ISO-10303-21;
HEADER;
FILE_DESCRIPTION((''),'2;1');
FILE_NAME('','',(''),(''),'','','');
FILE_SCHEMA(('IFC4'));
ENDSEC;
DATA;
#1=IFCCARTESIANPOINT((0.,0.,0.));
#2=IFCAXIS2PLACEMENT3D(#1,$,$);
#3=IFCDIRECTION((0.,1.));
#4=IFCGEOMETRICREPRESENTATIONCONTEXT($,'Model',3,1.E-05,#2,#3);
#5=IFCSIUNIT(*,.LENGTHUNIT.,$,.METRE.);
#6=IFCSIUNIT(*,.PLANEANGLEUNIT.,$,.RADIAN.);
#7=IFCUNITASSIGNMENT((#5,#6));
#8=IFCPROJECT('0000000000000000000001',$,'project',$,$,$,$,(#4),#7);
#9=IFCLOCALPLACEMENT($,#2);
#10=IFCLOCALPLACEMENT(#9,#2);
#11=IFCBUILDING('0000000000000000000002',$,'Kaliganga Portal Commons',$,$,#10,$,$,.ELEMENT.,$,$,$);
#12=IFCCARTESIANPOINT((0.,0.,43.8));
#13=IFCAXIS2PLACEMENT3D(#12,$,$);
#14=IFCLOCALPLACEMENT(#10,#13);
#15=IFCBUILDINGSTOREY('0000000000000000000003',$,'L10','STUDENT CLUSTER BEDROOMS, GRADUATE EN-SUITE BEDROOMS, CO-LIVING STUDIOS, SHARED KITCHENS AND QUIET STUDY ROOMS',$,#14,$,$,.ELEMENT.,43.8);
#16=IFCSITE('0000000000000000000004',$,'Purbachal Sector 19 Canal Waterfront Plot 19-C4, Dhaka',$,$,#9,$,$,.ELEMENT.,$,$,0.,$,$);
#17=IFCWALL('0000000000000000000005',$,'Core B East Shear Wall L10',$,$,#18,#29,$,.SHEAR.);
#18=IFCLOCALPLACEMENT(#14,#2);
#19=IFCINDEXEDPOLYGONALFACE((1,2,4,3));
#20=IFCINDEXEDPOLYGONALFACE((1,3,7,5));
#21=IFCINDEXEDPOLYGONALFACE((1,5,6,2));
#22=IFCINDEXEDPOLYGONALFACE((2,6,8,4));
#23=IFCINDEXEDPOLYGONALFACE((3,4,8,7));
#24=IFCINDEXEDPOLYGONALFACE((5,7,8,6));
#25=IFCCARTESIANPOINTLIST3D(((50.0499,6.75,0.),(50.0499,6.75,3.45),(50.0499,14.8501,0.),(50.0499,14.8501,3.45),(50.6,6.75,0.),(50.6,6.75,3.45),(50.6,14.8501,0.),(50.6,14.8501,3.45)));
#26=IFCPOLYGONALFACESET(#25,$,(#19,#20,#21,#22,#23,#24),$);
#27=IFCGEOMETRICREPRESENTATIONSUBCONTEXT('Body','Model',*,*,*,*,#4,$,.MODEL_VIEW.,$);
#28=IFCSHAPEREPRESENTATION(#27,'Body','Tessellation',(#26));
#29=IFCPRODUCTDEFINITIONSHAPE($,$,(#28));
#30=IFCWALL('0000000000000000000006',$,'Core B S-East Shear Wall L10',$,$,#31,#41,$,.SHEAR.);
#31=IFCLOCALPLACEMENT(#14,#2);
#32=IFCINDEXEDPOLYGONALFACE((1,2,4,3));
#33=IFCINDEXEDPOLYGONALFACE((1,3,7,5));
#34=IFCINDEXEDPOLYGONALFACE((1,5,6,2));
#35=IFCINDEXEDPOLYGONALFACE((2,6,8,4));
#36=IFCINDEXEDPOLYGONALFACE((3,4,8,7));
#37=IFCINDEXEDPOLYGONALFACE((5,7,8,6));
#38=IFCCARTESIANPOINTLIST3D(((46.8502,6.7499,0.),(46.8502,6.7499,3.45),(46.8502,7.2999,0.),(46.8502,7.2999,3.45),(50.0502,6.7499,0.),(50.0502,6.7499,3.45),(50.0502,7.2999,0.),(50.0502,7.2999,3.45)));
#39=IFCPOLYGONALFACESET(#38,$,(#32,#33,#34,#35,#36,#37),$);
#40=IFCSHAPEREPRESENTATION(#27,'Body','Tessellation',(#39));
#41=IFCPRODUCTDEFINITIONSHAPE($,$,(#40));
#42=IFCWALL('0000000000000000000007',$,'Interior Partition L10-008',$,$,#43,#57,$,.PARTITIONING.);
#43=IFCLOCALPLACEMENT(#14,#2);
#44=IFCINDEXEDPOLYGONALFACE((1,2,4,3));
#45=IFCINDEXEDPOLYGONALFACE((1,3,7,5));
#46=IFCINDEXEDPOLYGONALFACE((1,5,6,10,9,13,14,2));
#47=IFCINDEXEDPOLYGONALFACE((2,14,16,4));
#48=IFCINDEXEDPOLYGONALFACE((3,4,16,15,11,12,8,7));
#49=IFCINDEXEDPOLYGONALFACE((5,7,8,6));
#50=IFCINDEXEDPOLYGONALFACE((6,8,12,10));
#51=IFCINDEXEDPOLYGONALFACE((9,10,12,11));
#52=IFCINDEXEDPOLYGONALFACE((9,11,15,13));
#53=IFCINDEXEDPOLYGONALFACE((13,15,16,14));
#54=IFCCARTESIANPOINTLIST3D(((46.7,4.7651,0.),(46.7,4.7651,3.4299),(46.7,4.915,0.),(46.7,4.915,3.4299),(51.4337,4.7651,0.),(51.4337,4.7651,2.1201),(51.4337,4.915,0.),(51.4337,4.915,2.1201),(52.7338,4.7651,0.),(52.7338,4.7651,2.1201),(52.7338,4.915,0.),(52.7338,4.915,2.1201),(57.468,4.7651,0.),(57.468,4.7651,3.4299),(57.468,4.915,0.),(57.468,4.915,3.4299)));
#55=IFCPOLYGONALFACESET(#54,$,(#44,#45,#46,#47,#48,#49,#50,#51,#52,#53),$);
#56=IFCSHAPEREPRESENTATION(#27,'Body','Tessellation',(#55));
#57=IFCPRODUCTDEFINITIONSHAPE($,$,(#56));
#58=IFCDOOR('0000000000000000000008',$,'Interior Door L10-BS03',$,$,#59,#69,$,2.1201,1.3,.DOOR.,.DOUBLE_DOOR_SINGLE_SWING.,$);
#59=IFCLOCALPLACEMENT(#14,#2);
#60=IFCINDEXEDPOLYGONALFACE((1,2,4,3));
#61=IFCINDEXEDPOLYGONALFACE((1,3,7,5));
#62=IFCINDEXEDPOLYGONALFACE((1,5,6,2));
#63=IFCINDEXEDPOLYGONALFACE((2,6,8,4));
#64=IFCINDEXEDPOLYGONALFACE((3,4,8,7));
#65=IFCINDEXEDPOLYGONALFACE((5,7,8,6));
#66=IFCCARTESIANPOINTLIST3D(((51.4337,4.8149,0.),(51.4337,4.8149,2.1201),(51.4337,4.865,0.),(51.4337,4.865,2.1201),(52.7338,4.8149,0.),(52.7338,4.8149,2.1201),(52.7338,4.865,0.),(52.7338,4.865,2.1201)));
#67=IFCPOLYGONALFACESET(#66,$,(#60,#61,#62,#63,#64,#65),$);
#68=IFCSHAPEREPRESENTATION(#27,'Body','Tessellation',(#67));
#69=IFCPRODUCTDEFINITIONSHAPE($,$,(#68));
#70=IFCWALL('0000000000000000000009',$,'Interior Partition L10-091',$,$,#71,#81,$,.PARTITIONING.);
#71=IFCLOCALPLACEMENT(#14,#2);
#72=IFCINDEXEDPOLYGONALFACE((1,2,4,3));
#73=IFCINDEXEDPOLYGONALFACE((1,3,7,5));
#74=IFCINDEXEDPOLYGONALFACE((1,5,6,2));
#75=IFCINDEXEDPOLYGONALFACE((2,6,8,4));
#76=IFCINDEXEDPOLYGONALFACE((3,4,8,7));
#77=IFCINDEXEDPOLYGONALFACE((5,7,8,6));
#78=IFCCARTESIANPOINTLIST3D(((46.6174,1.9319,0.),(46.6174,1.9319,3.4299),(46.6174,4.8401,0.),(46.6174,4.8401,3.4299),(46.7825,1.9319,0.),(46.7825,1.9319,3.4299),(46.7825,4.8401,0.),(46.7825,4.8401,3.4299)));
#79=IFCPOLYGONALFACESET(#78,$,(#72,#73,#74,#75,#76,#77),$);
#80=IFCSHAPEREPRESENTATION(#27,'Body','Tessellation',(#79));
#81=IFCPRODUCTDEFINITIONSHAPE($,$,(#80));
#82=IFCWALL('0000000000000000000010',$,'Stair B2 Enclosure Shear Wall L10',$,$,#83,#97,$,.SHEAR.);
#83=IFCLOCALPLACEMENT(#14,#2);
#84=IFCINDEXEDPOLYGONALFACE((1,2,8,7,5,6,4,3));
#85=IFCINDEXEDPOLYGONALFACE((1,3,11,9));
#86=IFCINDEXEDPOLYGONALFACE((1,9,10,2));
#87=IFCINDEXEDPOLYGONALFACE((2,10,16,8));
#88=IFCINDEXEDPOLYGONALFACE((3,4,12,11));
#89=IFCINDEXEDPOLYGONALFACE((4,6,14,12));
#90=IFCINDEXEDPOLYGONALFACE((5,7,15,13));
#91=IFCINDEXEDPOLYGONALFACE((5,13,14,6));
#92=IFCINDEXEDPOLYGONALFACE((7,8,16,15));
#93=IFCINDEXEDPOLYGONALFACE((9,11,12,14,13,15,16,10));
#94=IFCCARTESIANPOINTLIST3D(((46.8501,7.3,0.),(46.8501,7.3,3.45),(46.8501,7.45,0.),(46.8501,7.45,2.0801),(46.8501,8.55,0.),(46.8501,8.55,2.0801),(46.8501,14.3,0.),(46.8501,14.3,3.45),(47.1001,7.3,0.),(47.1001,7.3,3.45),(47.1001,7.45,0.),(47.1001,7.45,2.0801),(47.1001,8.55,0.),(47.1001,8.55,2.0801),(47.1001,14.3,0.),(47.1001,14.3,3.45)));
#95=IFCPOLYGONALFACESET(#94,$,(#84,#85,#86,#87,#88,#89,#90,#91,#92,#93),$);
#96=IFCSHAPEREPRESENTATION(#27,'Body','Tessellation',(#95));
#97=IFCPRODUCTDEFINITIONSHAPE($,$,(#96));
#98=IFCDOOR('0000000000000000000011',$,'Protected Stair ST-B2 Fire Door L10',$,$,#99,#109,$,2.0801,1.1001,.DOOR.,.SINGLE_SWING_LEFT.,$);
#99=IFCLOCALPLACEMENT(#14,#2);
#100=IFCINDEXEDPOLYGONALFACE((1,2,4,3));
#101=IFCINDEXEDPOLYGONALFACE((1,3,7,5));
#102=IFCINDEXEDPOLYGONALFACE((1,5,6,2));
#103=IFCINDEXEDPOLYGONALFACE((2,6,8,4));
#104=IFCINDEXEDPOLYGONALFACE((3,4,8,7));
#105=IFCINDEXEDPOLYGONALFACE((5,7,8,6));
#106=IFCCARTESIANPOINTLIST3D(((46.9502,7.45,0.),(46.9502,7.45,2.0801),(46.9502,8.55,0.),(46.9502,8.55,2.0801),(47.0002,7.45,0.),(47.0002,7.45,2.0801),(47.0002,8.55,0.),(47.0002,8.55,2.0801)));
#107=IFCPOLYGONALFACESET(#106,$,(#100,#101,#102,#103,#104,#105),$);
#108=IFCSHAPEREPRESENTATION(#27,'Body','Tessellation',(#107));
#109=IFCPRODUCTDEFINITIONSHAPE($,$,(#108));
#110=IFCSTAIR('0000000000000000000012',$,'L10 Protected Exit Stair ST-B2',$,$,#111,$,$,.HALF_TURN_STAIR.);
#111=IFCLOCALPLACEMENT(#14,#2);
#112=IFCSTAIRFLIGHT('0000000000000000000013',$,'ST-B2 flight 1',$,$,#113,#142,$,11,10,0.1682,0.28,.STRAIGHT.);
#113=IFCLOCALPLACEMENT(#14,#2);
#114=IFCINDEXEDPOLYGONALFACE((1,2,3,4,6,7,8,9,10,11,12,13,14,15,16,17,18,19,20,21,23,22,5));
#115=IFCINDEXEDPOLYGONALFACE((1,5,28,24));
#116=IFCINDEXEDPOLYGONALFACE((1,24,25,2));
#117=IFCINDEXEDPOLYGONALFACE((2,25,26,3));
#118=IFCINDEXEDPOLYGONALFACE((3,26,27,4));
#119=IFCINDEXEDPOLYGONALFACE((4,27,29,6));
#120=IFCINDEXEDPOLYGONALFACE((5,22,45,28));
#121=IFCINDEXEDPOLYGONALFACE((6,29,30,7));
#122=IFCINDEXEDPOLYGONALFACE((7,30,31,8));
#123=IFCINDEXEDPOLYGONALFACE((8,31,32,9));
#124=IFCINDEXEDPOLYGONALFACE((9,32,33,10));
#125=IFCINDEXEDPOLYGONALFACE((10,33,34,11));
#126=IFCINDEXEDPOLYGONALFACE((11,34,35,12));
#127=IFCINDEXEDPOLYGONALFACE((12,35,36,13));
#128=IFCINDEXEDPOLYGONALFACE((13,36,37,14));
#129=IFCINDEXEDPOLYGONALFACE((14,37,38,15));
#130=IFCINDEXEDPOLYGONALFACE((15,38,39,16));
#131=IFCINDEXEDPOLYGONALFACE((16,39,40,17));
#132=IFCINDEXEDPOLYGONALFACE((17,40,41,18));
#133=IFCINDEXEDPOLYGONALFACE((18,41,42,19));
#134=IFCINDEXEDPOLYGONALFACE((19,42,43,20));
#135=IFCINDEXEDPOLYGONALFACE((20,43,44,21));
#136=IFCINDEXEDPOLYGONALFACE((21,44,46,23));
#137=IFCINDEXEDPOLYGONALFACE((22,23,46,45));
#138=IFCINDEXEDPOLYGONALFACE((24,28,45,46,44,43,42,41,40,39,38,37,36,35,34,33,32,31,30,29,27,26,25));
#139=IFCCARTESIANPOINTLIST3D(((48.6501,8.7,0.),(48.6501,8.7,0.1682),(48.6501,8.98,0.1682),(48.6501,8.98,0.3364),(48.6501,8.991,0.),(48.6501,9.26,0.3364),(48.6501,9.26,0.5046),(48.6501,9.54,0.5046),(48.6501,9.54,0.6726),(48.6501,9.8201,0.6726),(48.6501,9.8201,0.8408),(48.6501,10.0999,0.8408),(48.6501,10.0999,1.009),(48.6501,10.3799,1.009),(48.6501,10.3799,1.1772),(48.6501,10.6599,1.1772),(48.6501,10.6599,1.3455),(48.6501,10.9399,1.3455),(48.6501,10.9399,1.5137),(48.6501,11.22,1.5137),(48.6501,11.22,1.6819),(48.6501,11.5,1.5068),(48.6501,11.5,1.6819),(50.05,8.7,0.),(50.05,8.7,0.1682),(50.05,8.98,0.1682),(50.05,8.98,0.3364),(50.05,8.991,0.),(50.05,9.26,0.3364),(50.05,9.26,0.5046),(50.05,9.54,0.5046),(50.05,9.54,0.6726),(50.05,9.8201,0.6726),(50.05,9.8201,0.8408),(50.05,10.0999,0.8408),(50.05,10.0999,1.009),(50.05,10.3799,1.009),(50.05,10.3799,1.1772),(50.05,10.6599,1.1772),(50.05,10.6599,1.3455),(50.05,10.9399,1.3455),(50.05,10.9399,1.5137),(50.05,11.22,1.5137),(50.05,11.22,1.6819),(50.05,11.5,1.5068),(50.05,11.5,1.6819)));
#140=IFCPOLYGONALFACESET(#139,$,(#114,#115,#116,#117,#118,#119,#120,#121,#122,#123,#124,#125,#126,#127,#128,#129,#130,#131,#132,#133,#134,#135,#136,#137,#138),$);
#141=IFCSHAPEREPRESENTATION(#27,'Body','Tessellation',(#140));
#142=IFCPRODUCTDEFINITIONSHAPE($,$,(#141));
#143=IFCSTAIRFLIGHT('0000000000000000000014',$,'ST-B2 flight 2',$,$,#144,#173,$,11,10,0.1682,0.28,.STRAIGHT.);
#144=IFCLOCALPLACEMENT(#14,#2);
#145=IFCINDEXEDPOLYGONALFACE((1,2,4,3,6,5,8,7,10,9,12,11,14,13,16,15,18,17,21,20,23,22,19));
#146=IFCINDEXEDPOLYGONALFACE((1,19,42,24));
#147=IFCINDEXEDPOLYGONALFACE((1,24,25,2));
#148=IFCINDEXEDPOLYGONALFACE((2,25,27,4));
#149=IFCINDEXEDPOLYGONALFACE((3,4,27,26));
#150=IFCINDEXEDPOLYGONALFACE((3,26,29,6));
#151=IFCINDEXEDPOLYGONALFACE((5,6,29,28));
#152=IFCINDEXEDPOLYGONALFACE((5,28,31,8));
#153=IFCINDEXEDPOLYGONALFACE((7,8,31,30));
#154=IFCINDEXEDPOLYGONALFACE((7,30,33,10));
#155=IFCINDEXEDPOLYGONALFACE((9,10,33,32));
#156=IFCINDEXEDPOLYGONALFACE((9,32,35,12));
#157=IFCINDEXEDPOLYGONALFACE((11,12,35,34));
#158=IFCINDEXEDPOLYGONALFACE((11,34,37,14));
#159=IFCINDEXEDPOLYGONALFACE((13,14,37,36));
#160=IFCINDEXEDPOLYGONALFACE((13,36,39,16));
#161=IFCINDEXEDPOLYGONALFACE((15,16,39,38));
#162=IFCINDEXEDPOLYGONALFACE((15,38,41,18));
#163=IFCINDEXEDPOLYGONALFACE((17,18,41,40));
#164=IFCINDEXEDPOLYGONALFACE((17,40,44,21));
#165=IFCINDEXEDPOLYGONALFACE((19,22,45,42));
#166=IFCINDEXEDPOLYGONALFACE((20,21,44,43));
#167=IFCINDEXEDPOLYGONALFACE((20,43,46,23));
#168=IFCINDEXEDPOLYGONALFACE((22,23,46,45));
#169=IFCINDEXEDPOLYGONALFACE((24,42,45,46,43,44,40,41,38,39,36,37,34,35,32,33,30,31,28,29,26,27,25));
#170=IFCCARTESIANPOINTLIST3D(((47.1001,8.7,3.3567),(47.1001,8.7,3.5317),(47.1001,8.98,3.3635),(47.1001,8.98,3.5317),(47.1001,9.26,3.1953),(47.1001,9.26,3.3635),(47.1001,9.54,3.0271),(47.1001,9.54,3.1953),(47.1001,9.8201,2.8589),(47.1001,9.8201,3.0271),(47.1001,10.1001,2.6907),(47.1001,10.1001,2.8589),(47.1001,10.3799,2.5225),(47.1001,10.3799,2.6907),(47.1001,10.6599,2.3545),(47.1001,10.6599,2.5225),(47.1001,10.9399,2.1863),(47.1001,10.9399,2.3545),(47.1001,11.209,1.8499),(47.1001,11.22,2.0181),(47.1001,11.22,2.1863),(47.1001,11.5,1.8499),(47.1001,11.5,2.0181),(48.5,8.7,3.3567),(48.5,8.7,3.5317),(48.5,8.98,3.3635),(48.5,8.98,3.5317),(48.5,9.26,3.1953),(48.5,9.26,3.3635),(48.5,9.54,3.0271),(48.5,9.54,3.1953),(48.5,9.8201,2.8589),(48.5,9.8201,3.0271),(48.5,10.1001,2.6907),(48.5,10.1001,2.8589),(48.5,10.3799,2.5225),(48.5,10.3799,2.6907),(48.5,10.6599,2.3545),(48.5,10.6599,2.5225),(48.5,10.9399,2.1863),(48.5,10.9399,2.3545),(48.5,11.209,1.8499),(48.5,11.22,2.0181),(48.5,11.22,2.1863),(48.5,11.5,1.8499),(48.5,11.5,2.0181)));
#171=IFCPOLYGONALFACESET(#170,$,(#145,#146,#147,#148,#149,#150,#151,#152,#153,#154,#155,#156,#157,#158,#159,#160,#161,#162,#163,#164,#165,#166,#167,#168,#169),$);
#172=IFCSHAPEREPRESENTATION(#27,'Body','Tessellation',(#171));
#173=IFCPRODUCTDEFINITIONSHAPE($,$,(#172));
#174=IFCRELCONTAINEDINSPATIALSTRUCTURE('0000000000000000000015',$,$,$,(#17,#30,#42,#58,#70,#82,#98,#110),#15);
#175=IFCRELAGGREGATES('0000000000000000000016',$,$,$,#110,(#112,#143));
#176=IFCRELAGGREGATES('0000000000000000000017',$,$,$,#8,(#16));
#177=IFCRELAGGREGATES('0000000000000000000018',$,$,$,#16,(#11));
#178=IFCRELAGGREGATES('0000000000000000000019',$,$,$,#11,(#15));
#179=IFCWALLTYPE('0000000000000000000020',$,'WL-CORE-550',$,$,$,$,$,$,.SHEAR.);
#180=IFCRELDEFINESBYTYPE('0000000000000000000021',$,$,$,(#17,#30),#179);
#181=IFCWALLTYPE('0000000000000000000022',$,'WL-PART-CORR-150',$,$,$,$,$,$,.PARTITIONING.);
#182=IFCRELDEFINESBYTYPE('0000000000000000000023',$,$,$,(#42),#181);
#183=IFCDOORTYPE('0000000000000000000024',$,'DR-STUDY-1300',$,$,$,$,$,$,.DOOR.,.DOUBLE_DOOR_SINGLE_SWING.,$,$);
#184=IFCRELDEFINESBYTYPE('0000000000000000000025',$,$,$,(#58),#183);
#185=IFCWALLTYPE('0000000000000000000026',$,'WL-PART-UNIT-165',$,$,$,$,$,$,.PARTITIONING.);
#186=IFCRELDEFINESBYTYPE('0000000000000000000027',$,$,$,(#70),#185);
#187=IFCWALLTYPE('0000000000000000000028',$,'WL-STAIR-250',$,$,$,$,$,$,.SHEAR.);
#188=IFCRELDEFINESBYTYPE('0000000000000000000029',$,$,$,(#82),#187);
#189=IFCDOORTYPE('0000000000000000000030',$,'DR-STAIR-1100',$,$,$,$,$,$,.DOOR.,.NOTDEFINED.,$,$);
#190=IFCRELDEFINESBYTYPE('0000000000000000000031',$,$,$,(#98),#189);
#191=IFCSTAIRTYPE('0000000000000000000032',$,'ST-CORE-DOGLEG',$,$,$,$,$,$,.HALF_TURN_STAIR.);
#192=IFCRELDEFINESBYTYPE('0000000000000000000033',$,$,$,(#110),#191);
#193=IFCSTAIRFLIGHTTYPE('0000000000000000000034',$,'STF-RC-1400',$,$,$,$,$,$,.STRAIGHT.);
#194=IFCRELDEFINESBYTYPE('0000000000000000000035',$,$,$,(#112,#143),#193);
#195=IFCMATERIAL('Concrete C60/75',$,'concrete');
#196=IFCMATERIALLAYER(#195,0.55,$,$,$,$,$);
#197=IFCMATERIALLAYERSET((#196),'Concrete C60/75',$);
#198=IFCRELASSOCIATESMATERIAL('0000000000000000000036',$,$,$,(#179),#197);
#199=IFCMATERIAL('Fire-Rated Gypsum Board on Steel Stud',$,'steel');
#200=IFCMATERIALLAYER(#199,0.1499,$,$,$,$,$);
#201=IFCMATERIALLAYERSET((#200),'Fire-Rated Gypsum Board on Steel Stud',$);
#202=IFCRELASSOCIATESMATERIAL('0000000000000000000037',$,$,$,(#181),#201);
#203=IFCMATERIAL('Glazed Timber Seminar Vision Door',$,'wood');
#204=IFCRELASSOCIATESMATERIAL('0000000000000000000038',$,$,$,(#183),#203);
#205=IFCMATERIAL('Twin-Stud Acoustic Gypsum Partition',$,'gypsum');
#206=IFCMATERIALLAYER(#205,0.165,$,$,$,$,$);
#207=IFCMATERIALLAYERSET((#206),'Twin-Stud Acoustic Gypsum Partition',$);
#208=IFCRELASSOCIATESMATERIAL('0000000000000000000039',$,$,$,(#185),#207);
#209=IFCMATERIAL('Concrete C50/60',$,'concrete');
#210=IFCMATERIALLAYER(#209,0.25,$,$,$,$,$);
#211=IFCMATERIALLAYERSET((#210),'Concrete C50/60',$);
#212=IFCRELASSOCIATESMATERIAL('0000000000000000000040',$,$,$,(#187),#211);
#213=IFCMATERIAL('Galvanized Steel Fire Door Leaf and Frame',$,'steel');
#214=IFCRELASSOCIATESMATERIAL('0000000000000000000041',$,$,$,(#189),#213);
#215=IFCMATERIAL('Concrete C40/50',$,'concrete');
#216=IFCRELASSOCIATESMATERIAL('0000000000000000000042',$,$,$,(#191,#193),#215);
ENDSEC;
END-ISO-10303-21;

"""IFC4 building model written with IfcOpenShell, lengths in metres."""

from ifc_helpers import new_model, si_unit, direction, frame, frame_2d, origin, place, context, subcontext, project, spatial, polyline, rectangle, outline, extrude, material, layer, layer_set, type_object, element, fill, aggregate, save


model = new_model("IFC4")

# Units and contexts
model_context = context("Model", 3, precision=1e-05, world=origin(), true_north=direction((0.0, 1.0)))
body_context = subcontext(model_context, "Body", "Model", "MODEL_VIEW")
ifc_project = project(units=[si_unit("LENGTHUNIT", "METRE"), si_unit("PLANEANGLEUNIT", "RADIAN")], contexts=[model_context])

# Site, building, storey
site_placement = place(None, origin())
site = spatial("IfcSite", under=ifc_project, at=site_placement, Name="Purbachal Sector 19 Canal Waterfront Plot 19-C4, Dhaka", CompositionType="ELEMENT", RefElevation=0.0)
building_placement = place(site_placement, origin())
building = spatial("IfcBuilding", under=site, at=building_placement, Name="Kaliganga Portal Commons", CompositionType="ELEMENT")
storey_placement = place(building_placement, frame((0.0, 0.0, 43.8)))
storey = spatial("IfcBuildingStorey", under=building, at=storey_placement, Name="L10", Description="STUDENT CLUSTER BEDROOMS, GRADUATE EN-SUITE BEDROOMS, CO-LIVING STUDIOS, SHARED KITCHENS AND QUIET STUDY ROOMS", CompositionType="ELEMENT", Elevation=43.8)

# Walls
ifc_material_1 = material(Name="Concrete C60/75", Category="concrete")
ifc_layer_1 = layer(ifc_material_1, 0.55)
ifc_layer_set_1 = layer_set([ifc_layer_1], Name="Concrete C60/75")
wall_type_1 = type_object("IfcWallType", Name="WL-CORE-550", PredefinedType="SHEAR", material=ifc_layer_set_1)
wall_1_placement = place(storey_placement, frame((50.325, 6.75, 0.0), z_axis=(0.0, 0.0, 1.0), x_axis=(0.0, 1.0, 0.0)))
element("IfcWall", 1, at=wall_1_placement, inside=storey, type_object=wall_type_1, Name="Core B East Shear Wall L10", PredefinedType="SHEAR", context=body_context, shape_type="SweptSolid", body=[
    extrude(rectangle(XDim=8.1001, YDim=0.55, at=frame_2d((4.05, 0.0))), origin(), (0.0, 0.0, 1.0), 3.45),
])
wall_2_placement = place(storey_placement, frame((46.8501, 7.0249, 0.0), z_axis=(0.0, 0.0, 1.0), x_axis=(1.0, 0.0, 0.0)))
element("IfcWall", 2, at=wall_2_placement, inside=storey, type_object=wall_type_1, Name="Core B S-East Shear Wall L10", PredefinedType="SHEAR", context=body_context, shape_type="SweptSolid", body=[
    extrude(rectangle(XDim=3.2, YDim=0.55, at=frame_2d((1.6001, 0.0))), origin(), (0.0, 0.0, 1.0), 3.45),
])

# Wall, opening, door
ifc_material_2 = material(Name="Fire-Rated Gypsum Board on Steel Stud", Category="steel")
ifc_layer_2 = layer(ifc_material_2, 0.1499)
ifc_layer_set_2 = layer_set([ifc_layer_2], Name="Fire-Rated Gypsum Board on Steel Stud")
wall_type_2 = type_object("IfcWallType", Name="WL-PART-CORR-150", PredefinedType="PARTITIONING", material=ifc_layer_set_2)
wall_3_placement = place(storey_placement, frame((46.7, 4.8401, 0.0), z_axis=(0.0, 0.0, 1.0), x_axis=(1.0, 0.0, 0.0)))
wall_3 = element("IfcWall", 3, at=wall_3_placement, inside=storey, type_object=wall_type_2, Name="Interior Partition L10-008", PredefinedType="PARTITIONING", context=body_context, shape_type="SweptSolid", body=[
    extrude(rectangle(XDim=10.7681, YDim=0.1499, at=frame_2d((5.384, 0.0))), origin(), (0.0, 0.0, 1.0), 3.4299),
])
opening_1_placement = place(wall_3_placement, frame((4.7339, 0.0, 0.0)))
opening_1 = element("IfcOpeningElement", 4, at=opening_1_placement, cuts=wall_3, PredefinedType="OPENING", context=body_context, shape_type="SweptSolid", body=[
    extrude(rectangle(XDim=1.3, YDim=2.1201, at=frame_2d((0.6499, 1.0601))), frame((0.0, 0.085, 0.0), z_axis=(0.0, -1.0, 0.0), x_axis=(1.0, 0.0, 0.0)), (0.0, 0.0, 1.0), 0.1699),
])
ifc_material_3 = material(Name="Glazed Timber Seminar Vision Door", Category="wood")
door_type_1 = type_object("IfcDoorType", Name="DR-STUDY-1300", OperationType="DOUBLE_DOOR_SINGLE_SWING", PredefinedType="DOOR", material=ifc_material_3)
door_1_placement = place(opening_1_placement, origin())
door_1 = element("IfcDoor", 5, at=door_1_placement, inside=storey, type_object=door_type_1, Name="Interior Door L10-BS03", OperationType="DOUBLE_DOOR_SINGLE_SWING", OverallHeight=2.1201, OverallWidth=1.3, PredefinedType="DOOR", context=body_context, shape_type="SweptSolid", body=[
    extrude(rectangle(XDim=1.3, YDim=2.1201, at=frame_2d((0.6499, 1.0601))), frame((0.0, 0.0249, 0.0), z_axis=(0.0, -1.0, 0.0), x_axis=(1.0, 0.0, 0.0)), (0.0, 0.0, 1.0), 0.05),
])
fill(opening_1, door_1)

# Wall
ifc_material_4 = material(Name="Twin-Stud Acoustic Gypsum Partition", Category="gypsum")
ifc_layer_3 = layer(ifc_material_4, 0.165)
ifc_layer_set_3 = layer_set([ifc_layer_3], Name="Twin-Stud Acoustic Gypsum Partition")
wall_type_3 = type_object("IfcWallType", Name="WL-PART-UNIT-165", PredefinedType="PARTITIONING", material=ifc_layer_set_3)
wall_4_placement = place(storey_placement, frame((46.7, 1.9319, 0.0), z_axis=(0.0, 0.0, 1.0), x_axis=(0.0, 1.0, 0.0)))
element("IfcWall", 6, at=wall_4_placement, inside=storey, type_object=wall_type_3, Name="Interior Partition L10-091", PredefinedType="PARTITIONING", context=body_context, shape_type="SweptSolid", body=[
    extrude(rectangle(XDim=2.9082, YDim=0.165, at=frame_2d((1.4541, 0.0))), origin(), (0.0, 0.0, 1.0), 3.4299),
])

# Wall, opening, door
ifc_material_5 = material(Name="Concrete C50/60", Category="concrete")
ifc_layer_4 = layer(ifc_material_5, 0.25)
ifc_layer_set_4 = layer_set([ifc_layer_4], Name="Concrete C50/60")
wall_type_4 = type_object("IfcWallType", Name="WL-STAIR-250", PredefinedType="SHEAR", material=ifc_layer_set_4)
wall_5_placement = place(storey_placement, frame((46.9751, 7.3, 0.0), z_axis=(0.0, 0.0, 1.0), x_axis=(0.0, 1.0, 0.0)))
wall_5 = element("IfcWall", 7, at=wall_5_placement, inside=storey, type_object=wall_type_4, Name="Stair B2 Enclosure Shear Wall L10", PredefinedType="SHEAR", context=body_context, shape_type="SweptSolid", body=[
    extrude(rectangle(XDim=7.0, YDim=0.25, at=frame_2d((3.5, 0.0))), origin(), (0.0, 0.0, 1.0), 3.45),
])
opening_2_placement = place(wall_5_placement, frame((0.1499, 0.0, 0.0)))
opening_2 = element("IfcOpeningElement", 8, at=opening_2_placement, cuts=wall_5, PredefinedType="OPENING", context=body_context, shape_type="SweptSolid", body=[
    extrude(rectangle(XDim=1.1001, YDim=2.0801, at=frame_2d((0.55, 1.04))), frame((0.0, 0.135, 0.0), z_axis=(0.0, -1.0, 0.0), x_axis=(1.0, 0.0, 0.0)), (0.0, 0.0, 1.0), 0.27),
])
ifc_material_6 = material(Name="Galvanized Steel Fire Door Leaf and Frame", Category="steel")
door_type_2 = type_object("IfcDoorType", Name="DR-STAIR-1100", OperationType="NOTDEFINED", PredefinedType="DOOR", material=ifc_material_6)
door_2_placement = place(opening_2_placement, origin())
door_2 = element("IfcDoor", 9, at=door_2_placement, inside=storey, type_object=door_type_2, Name="Protected Stair ST-B2 Fire Door L10", OperationType="SINGLE_SWING_LEFT", OverallHeight=2.0801, OverallWidth=1.1001, PredefinedType="DOOR", context=body_context, shape_type="SweptSolid", body=[
    extrude(rectangle(XDim=1.1001, YDim=2.0801, at=frame_2d((0.55, 1.04))), frame((0.0, 0.0249, 0.0), z_axis=(0.0, -1.0, 0.0), x_axis=(1.0, 0.0, 0.0)), (0.0, 0.0, 1.0), 0.05),
])
fill(opening_2, door_2)

# Stair, stair flights
ifc_material_7 = material(Name="Concrete C40/50", Category="concrete")
stair_type = type_object("IfcStairType", Name="ST-CORE-DOGLEG", PredefinedType="HALF_TURN_STAIR", material=ifc_material_7)
stair_placement = place(storey_placement, origin())
stair = element("IfcStair", 10, at=stair_placement, inside=storey, type_object=stair_type, Name="L10 Protected Exit Stair ST-B2", PredefinedType="HALF_TURN_STAIR")
stair_flight_type = type_object("IfcStairFlightType", Name="STF-RC-1400", PredefinedType="STRAIGHT", material=ifc_material_7)
stair_flight_1_placement = place(storey_placement, frame((49.3501, 8.7, 0.0), z_axis=(0.0, 0.0, 1.0), x_axis=(0.0, 1.0, 0.0)))
stair_flight_1 = element("IfcStairFlight", 11, at=stair_flight_1_placement, type_object=stair_flight_type, Name="ST-B2 flight 1", NumberOfRisers=11, NumberOfTreads=10, PredefinedType="STRAIGHT", RiserHeight=0.1682, TreadLength=0.28, context=body_context, shape_type="SweptSolid", body=[
    extrude(outline(polyline([(0.0, 0.0), (0.0, 0.1682), (0.28, 0.1682), (0.28, 0.3364), (0.5601, 0.3364), (0.5601, 0.5046), (0.8401, 0.5046), (0.8401, 0.6726), (1.1201, 0.6726), (1.1201, 0.8408), (1.3999, 0.8408), (1.3999, 1.009), (1.6799, 1.009), (1.6799, 1.1772), (1.96, 1.1772), (1.96, 1.3455), (2.24, 1.3455), (2.24, 1.5137), (2.52, 1.5137), (2.52, 1.6819), (2.8, 1.6819), (2.8, 1.8501), (2.8, 1.5068), (0.291, 0.0), (0.0, 0.0)])), frame((0.0, 0.7, 0.0), z_axis=(0.0, -1.0, 0.0), x_axis=(1.0, 0.0, 0.0)), (0.0, 0.0, 1.0), 1.3999),
])
stair_flight_2_placement = place(storey_placement, frame((47.8, 11.5, 1.8499), z_axis=(0.0, 0.0, 1.0), x_axis=(0.0, -1.0, 0.0)))
stair_flight_2 = element("IfcStairFlight", 12, at=stair_flight_2_placement, type_object=stair_flight_type, Name="ST-B2 flight 2", NumberOfRisers=11, NumberOfTreads=10, PredefinedType="STRAIGHT", RiserHeight=0.1682, TreadLength=0.28, context=body_context, shape_type="SweptSolid", body=[
    extrude(outline(polyline([(0.0, 0.0), (0.0, 0.1682), (0.28, 0.1682), (0.28, 0.3364), (0.5601, 0.3364), (0.5601, 0.5046), (0.8401, 0.5046), (0.8401, 0.6726), (1.1201, 0.6726), (1.1201, 0.8408), (1.3999, 0.8408), (1.3999, 1.009), (1.6799, 1.009), (1.6799, 1.1772), (1.96, 1.1772), (1.96, 1.3455), (2.24, 1.3455), (2.24, 1.5137), (2.52, 1.5137), (2.52, 1.6819), (2.8, 1.6819), (2.8, 1.8501), (2.8, 1.5068), (0.291, 0.0), (0.0, 0.0)])), frame((0.0, 0.7, 0.0), z_axis=(0.0, -1.0, 0.0), x_axis=(1.0, 0.0, 0.0)), (0.0, 0.0, 1.0), 1.3999),
])
aggregate(stair, [stair_flight_1, stair_flight_2])

save(model, "model.ifc")
